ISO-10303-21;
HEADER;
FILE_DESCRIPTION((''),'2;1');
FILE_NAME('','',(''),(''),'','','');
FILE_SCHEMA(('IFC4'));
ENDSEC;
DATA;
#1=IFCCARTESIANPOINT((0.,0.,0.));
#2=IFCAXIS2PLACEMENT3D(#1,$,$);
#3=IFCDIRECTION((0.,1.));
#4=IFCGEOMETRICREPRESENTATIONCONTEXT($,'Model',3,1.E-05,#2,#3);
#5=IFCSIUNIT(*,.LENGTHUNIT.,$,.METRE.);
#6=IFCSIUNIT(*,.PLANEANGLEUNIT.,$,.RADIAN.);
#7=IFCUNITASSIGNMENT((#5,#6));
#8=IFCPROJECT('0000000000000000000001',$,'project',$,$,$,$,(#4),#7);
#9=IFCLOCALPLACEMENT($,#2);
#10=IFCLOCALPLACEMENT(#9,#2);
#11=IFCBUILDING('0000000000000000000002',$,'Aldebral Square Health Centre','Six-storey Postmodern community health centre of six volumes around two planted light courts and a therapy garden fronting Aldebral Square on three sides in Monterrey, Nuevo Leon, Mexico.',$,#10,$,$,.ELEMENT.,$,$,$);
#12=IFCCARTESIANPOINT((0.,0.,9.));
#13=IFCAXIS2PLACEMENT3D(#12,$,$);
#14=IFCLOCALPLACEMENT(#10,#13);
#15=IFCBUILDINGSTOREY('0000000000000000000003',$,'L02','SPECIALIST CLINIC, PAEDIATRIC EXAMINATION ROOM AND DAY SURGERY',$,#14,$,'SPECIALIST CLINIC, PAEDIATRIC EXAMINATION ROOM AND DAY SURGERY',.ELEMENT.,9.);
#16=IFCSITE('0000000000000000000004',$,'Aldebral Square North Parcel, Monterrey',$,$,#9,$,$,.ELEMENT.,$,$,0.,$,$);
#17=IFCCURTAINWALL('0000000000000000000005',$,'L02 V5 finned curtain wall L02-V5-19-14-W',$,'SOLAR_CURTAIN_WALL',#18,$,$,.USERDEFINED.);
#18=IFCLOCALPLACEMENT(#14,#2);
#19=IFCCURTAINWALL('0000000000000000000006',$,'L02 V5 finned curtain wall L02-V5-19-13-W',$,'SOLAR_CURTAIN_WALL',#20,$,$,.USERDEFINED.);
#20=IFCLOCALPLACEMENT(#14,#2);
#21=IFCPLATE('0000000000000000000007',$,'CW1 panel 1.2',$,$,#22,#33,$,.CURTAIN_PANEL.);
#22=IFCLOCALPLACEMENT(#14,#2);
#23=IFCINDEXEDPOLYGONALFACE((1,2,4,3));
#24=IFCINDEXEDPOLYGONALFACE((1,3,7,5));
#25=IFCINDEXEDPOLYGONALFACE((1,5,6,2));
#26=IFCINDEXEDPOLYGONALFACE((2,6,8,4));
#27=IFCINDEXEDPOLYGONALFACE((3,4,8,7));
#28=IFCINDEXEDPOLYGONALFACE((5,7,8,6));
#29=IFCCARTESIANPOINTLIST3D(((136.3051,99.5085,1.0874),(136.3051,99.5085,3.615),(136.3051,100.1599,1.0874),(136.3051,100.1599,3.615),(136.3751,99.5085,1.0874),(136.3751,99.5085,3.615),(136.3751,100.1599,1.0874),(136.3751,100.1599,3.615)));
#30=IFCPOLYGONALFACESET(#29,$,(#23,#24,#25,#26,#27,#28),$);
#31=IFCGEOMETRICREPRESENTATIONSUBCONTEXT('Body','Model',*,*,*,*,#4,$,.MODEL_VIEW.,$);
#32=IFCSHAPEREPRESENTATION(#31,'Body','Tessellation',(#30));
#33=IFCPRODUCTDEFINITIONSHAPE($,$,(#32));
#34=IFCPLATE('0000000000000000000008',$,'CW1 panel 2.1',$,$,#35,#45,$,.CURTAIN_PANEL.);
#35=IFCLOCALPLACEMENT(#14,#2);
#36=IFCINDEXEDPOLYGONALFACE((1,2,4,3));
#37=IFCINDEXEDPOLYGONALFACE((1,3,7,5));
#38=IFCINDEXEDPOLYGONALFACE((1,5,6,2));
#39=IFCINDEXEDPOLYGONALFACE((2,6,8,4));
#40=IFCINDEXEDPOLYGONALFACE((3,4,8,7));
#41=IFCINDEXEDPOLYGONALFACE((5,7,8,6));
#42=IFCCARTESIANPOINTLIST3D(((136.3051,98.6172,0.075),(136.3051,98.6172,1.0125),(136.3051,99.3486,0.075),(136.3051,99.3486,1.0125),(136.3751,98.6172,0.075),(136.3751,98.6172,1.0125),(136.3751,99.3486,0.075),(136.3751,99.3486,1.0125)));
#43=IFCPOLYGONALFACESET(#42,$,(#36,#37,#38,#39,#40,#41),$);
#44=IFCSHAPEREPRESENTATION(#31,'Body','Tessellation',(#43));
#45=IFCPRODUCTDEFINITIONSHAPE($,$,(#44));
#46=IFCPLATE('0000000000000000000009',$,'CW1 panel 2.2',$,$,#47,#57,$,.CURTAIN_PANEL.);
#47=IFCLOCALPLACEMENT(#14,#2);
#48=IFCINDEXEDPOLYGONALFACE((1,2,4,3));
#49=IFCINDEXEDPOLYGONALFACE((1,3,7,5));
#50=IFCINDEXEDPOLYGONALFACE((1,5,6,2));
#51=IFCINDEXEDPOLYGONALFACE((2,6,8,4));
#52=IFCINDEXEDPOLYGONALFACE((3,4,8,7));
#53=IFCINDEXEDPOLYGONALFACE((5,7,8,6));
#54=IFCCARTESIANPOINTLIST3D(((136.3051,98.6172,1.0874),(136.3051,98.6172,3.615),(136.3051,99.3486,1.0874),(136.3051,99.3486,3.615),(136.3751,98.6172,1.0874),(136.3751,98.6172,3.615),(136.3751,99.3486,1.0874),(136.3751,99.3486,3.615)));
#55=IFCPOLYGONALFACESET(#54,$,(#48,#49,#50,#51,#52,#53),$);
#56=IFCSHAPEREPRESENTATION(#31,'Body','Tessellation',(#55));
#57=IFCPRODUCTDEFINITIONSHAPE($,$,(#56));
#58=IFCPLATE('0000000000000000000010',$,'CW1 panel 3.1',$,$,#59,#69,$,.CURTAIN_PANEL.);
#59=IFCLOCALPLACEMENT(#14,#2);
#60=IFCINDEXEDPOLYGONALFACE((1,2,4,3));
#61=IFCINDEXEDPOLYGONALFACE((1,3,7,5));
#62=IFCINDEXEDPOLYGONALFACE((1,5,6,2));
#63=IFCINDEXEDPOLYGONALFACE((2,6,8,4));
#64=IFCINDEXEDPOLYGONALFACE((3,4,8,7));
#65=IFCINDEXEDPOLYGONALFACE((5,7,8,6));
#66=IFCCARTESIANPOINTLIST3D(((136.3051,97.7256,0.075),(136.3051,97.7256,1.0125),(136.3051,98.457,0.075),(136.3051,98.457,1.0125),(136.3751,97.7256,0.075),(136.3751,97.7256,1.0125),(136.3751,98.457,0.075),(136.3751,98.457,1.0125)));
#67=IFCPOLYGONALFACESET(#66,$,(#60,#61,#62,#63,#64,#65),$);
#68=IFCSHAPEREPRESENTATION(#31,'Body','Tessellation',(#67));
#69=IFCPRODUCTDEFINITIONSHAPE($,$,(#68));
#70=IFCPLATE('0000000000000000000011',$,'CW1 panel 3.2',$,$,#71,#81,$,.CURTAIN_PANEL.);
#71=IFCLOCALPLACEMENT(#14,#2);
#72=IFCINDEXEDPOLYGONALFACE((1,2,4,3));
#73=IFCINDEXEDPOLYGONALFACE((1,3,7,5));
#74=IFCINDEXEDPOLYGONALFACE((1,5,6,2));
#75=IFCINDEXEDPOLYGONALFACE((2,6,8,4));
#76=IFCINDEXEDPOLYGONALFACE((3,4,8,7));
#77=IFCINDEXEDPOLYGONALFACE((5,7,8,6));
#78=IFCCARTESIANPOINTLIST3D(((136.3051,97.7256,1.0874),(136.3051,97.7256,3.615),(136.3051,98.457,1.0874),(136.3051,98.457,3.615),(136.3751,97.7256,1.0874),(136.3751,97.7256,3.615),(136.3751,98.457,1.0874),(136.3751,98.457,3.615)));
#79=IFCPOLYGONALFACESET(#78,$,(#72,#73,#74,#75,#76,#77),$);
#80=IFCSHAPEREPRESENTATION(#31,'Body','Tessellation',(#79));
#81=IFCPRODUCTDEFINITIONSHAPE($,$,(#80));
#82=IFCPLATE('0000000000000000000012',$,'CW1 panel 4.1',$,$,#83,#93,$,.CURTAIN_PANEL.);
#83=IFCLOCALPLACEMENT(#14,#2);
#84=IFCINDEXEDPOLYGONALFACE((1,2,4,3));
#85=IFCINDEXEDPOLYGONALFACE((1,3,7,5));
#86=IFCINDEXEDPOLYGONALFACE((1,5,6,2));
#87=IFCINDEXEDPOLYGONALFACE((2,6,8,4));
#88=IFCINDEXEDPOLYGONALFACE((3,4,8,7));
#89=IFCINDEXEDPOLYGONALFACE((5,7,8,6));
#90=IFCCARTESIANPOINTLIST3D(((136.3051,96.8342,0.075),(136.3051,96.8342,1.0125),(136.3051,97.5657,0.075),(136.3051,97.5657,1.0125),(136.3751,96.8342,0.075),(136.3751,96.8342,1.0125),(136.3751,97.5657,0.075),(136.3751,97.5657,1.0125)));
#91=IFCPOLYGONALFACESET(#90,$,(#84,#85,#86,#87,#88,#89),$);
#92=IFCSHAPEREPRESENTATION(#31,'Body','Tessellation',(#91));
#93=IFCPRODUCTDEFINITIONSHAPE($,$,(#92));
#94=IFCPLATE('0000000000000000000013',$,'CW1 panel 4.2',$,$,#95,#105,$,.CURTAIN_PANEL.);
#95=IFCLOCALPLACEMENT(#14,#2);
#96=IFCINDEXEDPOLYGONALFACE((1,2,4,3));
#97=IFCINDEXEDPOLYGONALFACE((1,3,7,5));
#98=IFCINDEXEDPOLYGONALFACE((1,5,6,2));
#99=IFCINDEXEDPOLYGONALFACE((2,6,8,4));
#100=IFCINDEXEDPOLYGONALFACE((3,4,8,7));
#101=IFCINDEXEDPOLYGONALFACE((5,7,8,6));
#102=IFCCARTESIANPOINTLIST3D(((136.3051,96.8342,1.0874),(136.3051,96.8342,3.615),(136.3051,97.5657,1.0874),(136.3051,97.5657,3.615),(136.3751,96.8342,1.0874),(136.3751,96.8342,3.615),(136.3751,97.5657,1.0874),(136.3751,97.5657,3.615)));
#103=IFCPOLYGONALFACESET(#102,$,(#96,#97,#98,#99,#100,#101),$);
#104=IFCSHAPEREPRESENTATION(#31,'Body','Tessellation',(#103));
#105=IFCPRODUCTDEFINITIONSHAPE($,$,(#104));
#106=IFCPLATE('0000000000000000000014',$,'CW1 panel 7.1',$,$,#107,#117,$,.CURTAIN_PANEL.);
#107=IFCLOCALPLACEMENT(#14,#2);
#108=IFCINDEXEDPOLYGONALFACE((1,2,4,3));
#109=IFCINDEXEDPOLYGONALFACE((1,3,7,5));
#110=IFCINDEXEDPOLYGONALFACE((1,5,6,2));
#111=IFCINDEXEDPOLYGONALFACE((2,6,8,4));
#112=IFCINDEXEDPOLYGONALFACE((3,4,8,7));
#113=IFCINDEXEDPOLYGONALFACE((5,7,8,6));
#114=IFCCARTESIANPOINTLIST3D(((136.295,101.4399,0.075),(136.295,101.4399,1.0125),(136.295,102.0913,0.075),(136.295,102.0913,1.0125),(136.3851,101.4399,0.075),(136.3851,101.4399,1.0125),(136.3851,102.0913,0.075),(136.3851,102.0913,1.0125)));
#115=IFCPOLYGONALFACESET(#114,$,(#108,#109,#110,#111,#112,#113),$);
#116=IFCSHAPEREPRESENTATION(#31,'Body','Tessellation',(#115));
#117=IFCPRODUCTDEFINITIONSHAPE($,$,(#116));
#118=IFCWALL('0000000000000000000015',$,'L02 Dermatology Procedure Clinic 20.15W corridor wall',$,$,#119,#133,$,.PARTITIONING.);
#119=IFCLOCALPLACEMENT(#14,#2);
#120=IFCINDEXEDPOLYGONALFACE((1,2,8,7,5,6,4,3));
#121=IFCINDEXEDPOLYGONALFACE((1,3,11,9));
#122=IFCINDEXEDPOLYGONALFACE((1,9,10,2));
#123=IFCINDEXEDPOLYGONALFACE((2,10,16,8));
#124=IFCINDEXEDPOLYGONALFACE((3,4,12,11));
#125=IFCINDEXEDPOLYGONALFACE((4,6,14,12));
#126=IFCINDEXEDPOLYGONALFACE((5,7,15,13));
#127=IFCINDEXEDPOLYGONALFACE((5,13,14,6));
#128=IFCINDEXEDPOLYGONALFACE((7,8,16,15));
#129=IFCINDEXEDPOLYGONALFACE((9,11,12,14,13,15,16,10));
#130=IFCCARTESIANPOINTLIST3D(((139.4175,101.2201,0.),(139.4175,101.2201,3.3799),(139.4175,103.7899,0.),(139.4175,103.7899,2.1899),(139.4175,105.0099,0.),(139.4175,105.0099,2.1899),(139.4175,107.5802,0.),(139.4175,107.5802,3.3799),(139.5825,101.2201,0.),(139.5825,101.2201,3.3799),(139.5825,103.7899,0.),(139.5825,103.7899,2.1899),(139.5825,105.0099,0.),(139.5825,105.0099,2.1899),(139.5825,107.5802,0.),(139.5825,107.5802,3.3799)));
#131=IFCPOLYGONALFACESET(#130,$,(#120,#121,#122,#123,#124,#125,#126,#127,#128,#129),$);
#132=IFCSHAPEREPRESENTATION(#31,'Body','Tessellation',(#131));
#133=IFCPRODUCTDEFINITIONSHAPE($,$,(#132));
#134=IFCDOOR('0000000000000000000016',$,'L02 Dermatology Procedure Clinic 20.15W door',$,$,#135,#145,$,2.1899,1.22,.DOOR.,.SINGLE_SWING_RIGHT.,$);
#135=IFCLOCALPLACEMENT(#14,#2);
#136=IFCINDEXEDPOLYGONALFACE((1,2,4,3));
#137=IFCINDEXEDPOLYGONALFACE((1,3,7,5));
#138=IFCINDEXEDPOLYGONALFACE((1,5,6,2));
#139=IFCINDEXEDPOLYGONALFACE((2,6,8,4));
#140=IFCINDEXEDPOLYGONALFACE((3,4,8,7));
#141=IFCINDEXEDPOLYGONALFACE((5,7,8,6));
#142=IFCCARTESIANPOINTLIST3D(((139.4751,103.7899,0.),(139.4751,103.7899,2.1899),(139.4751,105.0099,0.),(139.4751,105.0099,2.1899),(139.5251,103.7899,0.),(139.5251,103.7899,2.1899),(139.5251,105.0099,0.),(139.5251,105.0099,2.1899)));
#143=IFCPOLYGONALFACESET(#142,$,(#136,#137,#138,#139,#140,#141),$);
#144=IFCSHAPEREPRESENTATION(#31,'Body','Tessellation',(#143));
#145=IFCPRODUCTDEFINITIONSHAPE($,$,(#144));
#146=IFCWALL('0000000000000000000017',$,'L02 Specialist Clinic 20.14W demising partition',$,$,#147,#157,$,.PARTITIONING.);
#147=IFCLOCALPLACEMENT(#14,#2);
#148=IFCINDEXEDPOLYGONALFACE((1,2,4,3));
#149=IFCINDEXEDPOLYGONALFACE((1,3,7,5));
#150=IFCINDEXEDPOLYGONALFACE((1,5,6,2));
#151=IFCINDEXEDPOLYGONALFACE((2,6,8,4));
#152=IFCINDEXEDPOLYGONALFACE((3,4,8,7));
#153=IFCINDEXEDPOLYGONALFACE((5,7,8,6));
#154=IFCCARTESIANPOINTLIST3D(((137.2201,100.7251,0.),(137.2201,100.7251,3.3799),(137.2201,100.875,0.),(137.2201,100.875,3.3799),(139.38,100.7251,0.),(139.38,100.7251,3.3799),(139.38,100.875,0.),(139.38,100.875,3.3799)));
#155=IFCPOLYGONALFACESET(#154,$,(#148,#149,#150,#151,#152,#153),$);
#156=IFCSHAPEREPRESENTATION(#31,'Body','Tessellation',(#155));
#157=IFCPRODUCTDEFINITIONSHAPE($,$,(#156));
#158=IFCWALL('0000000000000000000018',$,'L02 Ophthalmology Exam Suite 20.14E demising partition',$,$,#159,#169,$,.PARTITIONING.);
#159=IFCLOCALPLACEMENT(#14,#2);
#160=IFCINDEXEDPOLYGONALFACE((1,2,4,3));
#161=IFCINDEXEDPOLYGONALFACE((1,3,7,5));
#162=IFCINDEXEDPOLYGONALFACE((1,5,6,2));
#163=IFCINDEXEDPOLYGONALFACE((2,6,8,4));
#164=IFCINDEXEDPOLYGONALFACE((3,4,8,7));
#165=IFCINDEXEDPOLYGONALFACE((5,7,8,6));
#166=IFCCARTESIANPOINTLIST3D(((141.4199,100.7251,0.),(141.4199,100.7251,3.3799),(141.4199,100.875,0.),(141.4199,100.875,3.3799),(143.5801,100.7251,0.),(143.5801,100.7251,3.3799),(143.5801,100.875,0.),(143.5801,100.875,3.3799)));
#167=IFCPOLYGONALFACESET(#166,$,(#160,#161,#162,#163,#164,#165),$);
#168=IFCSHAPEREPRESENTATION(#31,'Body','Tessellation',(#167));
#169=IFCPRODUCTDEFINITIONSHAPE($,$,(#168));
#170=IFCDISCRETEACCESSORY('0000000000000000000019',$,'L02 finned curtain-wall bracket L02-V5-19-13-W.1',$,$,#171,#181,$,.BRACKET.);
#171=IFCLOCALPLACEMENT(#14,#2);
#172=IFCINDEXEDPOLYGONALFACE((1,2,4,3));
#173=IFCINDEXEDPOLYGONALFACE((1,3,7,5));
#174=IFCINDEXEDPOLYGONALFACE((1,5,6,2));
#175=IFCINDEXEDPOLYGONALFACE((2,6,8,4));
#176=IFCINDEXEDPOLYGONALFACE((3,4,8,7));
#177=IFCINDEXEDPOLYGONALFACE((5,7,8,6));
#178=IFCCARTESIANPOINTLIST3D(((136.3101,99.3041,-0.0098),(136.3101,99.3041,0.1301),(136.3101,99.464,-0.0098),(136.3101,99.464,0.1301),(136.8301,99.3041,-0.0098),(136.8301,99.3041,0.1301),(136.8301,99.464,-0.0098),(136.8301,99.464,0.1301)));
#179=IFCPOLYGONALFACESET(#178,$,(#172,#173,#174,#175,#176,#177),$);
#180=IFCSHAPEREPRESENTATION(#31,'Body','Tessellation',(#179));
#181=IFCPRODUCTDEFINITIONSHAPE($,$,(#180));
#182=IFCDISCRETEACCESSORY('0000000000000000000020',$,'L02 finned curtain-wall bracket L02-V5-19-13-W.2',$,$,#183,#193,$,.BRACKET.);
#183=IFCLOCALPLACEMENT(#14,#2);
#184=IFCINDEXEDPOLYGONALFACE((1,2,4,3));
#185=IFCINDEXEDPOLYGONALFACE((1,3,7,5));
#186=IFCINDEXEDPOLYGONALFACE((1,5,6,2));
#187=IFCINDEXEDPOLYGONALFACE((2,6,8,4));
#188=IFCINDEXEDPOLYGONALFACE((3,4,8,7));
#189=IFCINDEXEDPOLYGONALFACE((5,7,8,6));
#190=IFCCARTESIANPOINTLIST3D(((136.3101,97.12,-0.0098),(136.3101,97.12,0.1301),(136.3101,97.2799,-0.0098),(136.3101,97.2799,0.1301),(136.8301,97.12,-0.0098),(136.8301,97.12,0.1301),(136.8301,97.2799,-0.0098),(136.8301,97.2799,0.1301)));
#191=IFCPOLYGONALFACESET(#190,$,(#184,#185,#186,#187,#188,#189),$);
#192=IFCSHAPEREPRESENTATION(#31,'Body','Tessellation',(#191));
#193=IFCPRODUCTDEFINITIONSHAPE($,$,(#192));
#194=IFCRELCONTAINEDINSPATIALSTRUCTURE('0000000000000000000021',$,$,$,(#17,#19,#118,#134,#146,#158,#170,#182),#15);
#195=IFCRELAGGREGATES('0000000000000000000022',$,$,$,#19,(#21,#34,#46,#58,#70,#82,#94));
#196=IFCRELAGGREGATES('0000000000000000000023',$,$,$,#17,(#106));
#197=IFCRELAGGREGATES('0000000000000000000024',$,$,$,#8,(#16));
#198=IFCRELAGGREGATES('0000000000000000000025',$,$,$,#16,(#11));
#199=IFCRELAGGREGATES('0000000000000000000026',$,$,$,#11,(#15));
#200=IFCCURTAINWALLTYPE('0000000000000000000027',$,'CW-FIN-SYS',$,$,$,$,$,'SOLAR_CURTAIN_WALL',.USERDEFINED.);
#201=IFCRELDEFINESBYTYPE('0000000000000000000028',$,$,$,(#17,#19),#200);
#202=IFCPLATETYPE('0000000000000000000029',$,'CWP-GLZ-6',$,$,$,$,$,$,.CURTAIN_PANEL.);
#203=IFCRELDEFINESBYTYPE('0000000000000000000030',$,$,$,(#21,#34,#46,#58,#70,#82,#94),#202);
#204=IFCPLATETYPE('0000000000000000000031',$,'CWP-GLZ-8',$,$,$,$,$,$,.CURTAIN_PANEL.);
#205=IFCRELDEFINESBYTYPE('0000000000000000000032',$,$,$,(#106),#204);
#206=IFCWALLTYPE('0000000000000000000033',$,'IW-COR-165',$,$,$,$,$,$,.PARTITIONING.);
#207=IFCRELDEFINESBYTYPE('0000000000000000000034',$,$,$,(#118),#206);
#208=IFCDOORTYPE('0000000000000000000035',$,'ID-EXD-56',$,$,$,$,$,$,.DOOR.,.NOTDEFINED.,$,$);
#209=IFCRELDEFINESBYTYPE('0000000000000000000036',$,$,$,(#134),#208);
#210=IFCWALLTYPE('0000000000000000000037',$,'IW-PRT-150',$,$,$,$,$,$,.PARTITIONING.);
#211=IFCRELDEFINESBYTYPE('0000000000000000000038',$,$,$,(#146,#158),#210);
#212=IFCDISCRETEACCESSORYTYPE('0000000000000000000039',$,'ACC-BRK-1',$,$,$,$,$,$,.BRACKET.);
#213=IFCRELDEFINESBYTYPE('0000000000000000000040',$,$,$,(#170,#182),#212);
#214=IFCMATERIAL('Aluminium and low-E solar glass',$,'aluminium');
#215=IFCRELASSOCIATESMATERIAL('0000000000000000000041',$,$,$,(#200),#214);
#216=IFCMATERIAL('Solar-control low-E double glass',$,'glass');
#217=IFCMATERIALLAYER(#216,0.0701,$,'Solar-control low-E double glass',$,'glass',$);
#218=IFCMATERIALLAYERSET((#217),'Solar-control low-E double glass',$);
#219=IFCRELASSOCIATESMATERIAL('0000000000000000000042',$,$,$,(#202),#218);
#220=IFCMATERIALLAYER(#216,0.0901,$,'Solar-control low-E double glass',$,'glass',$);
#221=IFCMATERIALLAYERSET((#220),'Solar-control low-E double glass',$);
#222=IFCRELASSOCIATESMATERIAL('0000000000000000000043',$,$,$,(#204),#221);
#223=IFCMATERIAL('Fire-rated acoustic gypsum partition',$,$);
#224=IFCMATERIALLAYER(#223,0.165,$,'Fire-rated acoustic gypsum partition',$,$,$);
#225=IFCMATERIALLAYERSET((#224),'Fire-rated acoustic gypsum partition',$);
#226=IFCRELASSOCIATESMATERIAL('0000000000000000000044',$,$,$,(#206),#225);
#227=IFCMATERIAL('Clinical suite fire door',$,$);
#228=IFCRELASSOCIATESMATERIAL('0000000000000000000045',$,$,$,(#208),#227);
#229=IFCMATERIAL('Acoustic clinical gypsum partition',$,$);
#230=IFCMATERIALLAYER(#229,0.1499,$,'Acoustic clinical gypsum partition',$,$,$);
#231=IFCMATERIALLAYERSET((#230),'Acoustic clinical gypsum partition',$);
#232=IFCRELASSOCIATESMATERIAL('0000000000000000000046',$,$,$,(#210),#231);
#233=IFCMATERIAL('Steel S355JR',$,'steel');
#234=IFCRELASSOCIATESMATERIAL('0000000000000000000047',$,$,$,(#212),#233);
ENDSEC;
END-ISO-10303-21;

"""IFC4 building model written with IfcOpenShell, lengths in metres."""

from ifc_helpers import new_model, si_unit, direction, frame, frame_2d, origin, origin_2d, place, context, subcontext, project, spatial, rectangle, extrude, material, layer, layer_set, type_object, element, fill, aggregate, save


model = new_model("IFC4")

# Units and contexts
model_context = context("Model", 3, precision=1e-05, world=origin(), true_north=direction((0.0, 1.0)))
body_context = subcontext(model_context, "Body", "Model", "MODEL_VIEW")
ifc_project = project(units=[si_unit("LENGTHUNIT", "METRE"), si_unit("PLANEANGLEUNIT", "RADIAN")], contexts=[model_context])

# Site, building, storey
site_placement = place(None, origin())
site = spatial("IfcSite", under=ifc_project, at=site_placement, Name="Aldebral Square North Parcel, Monterrey", CompositionType="ELEMENT", RefElevation=0.0)
building_placement = place(site_placement, origin())
building = spatial("IfcBuilding", under=site, at=building_placement, Name="Aldebral Square Health Centre", Description="Six-storey Postmodern community health centre of six volumes around two planted light courts and a therapy garden fronting Aldebral Square on three sides in Monterrey, Nuevo Leon, Mexico.", CompositionType="ELEMENT")
storey_placement = place(building_placement, frame((0.0, 0.0, 9.0)))
storey = spatial("IfcBuildingStorey", under=building, at=storey_placement, Name="L02", Description="SPECIALIST CLINIC, PAEDIATRIC EXAMINATION ROOM AND DAY SURGERY", LongName="SPECIALIST CLINIC, PAEDIATRIC EXAMINATION ROOM AND DAY SURGERY", CompositionType="ELEMENT", Elevation=9.0)

# Curtain wall
ifc_material_1 = material(Name="Aluminium and low-E solar glass", Category="aluminium")
curtain_wall_type = type_object("IfcCurtainWallType", Name="CW-FIN-SYS", ElementType="SOLAR_CURTAIN_WALL", PredefinedType="USERDEFINED", material=ifc_material_1)
curtain_wall_1_placement = place(storey_placement, origin())
curtain_wall_1 = element("IfcCurtainWall", 1, at=curtain_wall_1_placement, inside=storey, type_object=curtain_wall_type, Name="L02 V5 finned curtain wall L02-V5-19-14-W", ObjectType="SOLAR_CURTAIN_WALL", PredefinedType="USERDEFINED")

# Curtain wall, plates
curtain_wall_2_placement = place(storey_placement, origin())
curtain_wall_2 = element("IfcCurtainWall", 2, at=curtain_wall_2_placement, inside=storey, type_object=curtain_wall_type, Name="L02 V5 finned curtain wall L02-V5-19-13-W", ObjectType="SOLAR_CURTAIN_WALL", PredefinedType="USERDEFINED")
ifc_material_2 = material(Name="Solar-control low-E double glass", Category="glass")
ifc_layer_1 = layer(ifc_material_2, 0.0701, Name="Solar-control low-E double glass", Category="glass")
ifc_layer_set_1 = layer_set([ifc_layer_1], Name="Solar-control low-E double glass")
plate_type_1 = type_object("IfcPlateType", Name="CWP-GLZ-6", PredefinedType="CURTAIN_PANEL", material=ifc_layer_set_1)
plate_1_placement = place(storey_placement, frame((136.3401, 99.8342, 1.0874), z_axis=(0.0, 0.0, 1.0), x_axis=(0.0, -1.0, 0.0)))
plate_1 = element("IfcPlate", 3, at=plate_1_placement, type_object=plate_type_1, Name="CW1 panel 1.2", PredefinedType="CURTAIN_PANEL", context=body_context, shape_type="SweptSolid", body=[
    extrude(rectangle(XDim=0.6514, YDim=0.0701, at=origin_2d()), origin(), (0.0, 0.0, 1.0), 2.5276),
])
plate_2_placement = place(storey_placement, frame((136.3401, 98.9829, 0.075), z_axis=(0.0, 0.0, 1.0), x_axis=(0.0, -1.0, 0.0)))
plate_2 = element("IfcPlate", 4, at=plate_2_placement, type_object=plate_type_1, Name="CW1 panel 2.1", PredefinedType="CURTAIN_PANEL", context=body_context, shape_type="SweptSolid", body=[
    extrude(rectangle(XDim=0.7314, YDim=0.0701, at=origin_2d()), origin(), (0.0, 0.0, 1.0), 0.9375),
])
plate_3_placement = place(storey_placement, frame((136.3401, 98.9829, 1.0874), z_axis=(0.0, 0.0, 1.0), x_axis=(0.0, -1.0, 0.0)))
plate_3 = element("IfcPlate", 5, at=plate_3_placement, type_object=plate_type_1, Name="CW1 panel 2.2", PredefinedType="CURTAIN_PANEL", context=body_context, shape_type="SweptSolid", body=[
    extrude(rectangle(XDim=0.7314, YDim=0.0701, at=origin_2d()), origin(), (0.0, 0.0, 1.0), 2.5276),
])
plate_4_placement = place(storey_placement, frame((136.3401, 98.0913, 0.075), z_axis=(0.0, 0.0, 1.0), x_axis=(0.0, -1.0, 0.0)))
plate_4 = element("IfcPlate", 6, at=plate_4_placement, type_object=plate_type_1, Name="CW1 panel 3.1", PredefinedType="CURTAIN_PANEL", context=body_context, shape_type="SweptSolid", body=[
    extrude(rectangle(XDim=0.7314, YDim=0.0701, at=origin_2d()), origin(), (0.0, 0.0, 1.0), 0.9375),
])
plate_5_placement = place(storey_placement, frame((136.3401, 98.0913, 1.0874), z_axis=(0.0, 0.0, 1.0), x_axis=(0.0, -1.0, 0.0)))
plate_5 = element("IfcPlate", 7, at=plate_5_placement, type_object=plate_type_1, Name="CW1 panel 3.2", PredefinedType="CURTAIN_PANEL", context=body_context, shape_type="SweptSolid", body=[
    extrude(rectangle(XDim=0.7314, YDim=0.0701, at=origin_2d()), origin(), (0.0, 0.0, 1.0), 2.5276),
])
plate_6_placement = place(storey_placement, frame((136.3401, 97.2, 0.075), z_axis=(0.0, 0.0, 1.0), x_axis=(0.0, -1.0, 0.0)))
plate_6 = element("IfcPlate", 8, at=plate_6_placement, type_object=plate_type_1, Name="CW1 panel 4.1", PredefinedType="CURTAIN_PANEL", context=body_context, shape_type="SweptSolid", body=[
    extrude(rectangle(XDim=0.7314, YDim=0.0701, at=origin_2d()), origin(), (0.0, 0.0, 1.0), 0.9375),
])
plate_7_placement = place(storey_placement, frame((136.3401, 97.2, 1.0874), z_axis=(0.0, 0.0, 1.0), x_axis=(0.0, -1.0, 0.0)))
plate_7 = element("IfcPlate", 9, at=plate_7_placement, type_object=plate_type_1, Name="CW1 panel 4.2", PredefinedType="CURTAIN_PANEL", context=body_context, shape_type="SweptSolid", body=[
    extrude(rectangle(XDim=0.7314, YDim=0.0701, at=origin_2d()), origin(), (0.0, 0.0, 1.0), 2.5276),
])
aggregate(curtain_wall_2, [plate_1, plate_2, plate_3, plate_4, plate_5, plate_6, plate_7])

# Plate
ifc_layer_2 = layer(ifc_material_2, 0.0901, Name="Solar-control low-E double glass", Category="glass")
ifc_layer_set_2 = layer_set([ifc_layer_2], Name="Solar-control low-E double glass")
plate_type_2 = type_object("IfcPlateType", Name="CWP-GLZ-8", PredefinedType="CURTAIN_PANEL", material=ifc_layer_set_2)
plate_8_placement = place(storey_placement, frame((136.3401, 101.7656, 0.075), z_axis=(0.0, 0.0, 1.0), x_axis=(0.0, -1.0, 0.0)))
plate_8 = element("IfcPlate", 10, at=plate_8_placement, type_object=plate_type_2, Name="CW1 panel 7.1", PredefinedType="CURTAIN_PANEL", context=body_context, shape_type="SweptSolid", body=[
    extrude(rectangle(XDim=0.6514, YDim=0.0901, at=origin_2d()), origin(), (0.0, 0.0, 1.0), 0.9375),
])
aggregate(curtain_wall_1, [plate_8])

# Wall, opening, door
ifc_material_3 = material(Name="Fire-rated acoustic gypsum partition")
ifc_layer_3 = layer(ifc_material_3, 0.165, Name="Fire-rated acoustic gypsum partition")
ifc_layer_set_3 = layer_set([ifc_layer_3], Name="Fire-rated acoustic gypsum partition")
wall_type_1 = type_object("IfcWallType", Name="IW-COR-165", PredefinedType="PARTITIONING", material=ifc_layer_set_3)
wall_1_placement = place(storey_placement, frame((139.5, 101.22, 0.0), z_axis=(0.0, 0.0, 1.0), x_axis=(0.0, 1.0, 0.0)))
wall_1 = element("IfcWall", 11, at=wall_1_placement, inside=storey, type_object=wall_type_1, Name="L02 Dermatology Procedure Clinic 20.15W corridor wall", PredefinedType="PARTITIONING", context=body_context, shape_type="SweptSolid", body=[
    extrude(rectangle(XDim=6.3601, YDim=0.165, at=frame_2d((3.1802, 0.0))), origin(), (0.0, 0.0, 1.0), 3.3799),
])
opening_placement = place(wall_1_placement, frame((2.5701, 0.0, 0.0)))
opening = element("IfcOpeningElement", 12, at=opening_placement, cuts=wall_1, PredefinedType="OPENING", context=body_context, shape_type="SweptSolid", body=[
    extrude(rectangle(XDim=1.22, YDim=2.1899, at=frame_2d((0.6099, 1.095))), frame((0.0, 0.0925, 0.0), z_axis=(0.0, -1.0, 0.0), x_axis=(1.0, 0.0, 0.0)), (0.0, 0.0, 1.0), 0.1851),
])
ifc_material_4 = material(Name="Clinical suite fire door")
door_type = type_object("IfcDoorType", Name="ID-EXD-56", OperationType="NOTDEFINED", PredefinedType="DOOR", material=ifc_material_4)
door_placement = place(opening_placement, origin())
door = element("IfcDoor", 13, at=door_placement, inside=storey, type_object=door_type, Name="L02 Dermatology Procedure Clinic 20.15W door", OperationType="SINGLE_SWING_RIGHT", OverallHeight=2.1899, OverallWidth=1.22, PredefinedType="DOOR", context=body_context, shape_type="SweptSolid", body=[
    extrude(rectangle(XDim=1.22, YDim=2.1899, at=frame_2d((0.6099, 1.095))), frame((0.0, 0.0249, 0.0), z_axis=(0.0, -1.0, 0.0), x_axis=(1.0, 0.0, 0.0)), (0.0, 0.0, 1.0), 0.05),
])
fill(opening, door)

# Walls
ifc_material_5 = material(Name="Acoustic clinical gypsum partition")
ifc_layer_4 = layer(ifc_material_5, 0.1499, Name="Acoustic clinical gypsum partition")
ifc_layer_set_4 = layer_set([ifc_layer_4], Name="Acoustic clinical gypsum partition")
wall_type_2 = type_object("IfcWallType", Name="IW-PRT-150", PredefinedType="PARTITIONING", material=ifc_layer_set_4)
wall_2_placement = place(storey_placement, frame((137.22, 100.8, 0.0), z_axis=(0.0, 0.0, 1.0), x_axis=(1.0, 0.0, 0.0)))
element("IfcWall", 14, at=wall_2_placement, inside=storey, type_object=wall_type_2, Name="L02 Specialist Clinic 20.14W demising partition", PredefinedType="PARTITIONING", context=body_context, shape_type="SweptSolid", body=[
    extrude(rectangle(XDim=2.1599, YDim=0.1499, at=frame_2d((1.0801, 0.0))), origin(), (0.0, 0.0, 1.0), 3.3799),
])
wall_3_placement = place(storey_placement, frame((141.4199, 100.8, 0.0), z_axis=(0.0, 0.0, 1.0), x_axis=(1.0, 0.0, 0.0)))
element("IfcWall", 15, at=wall_3_placement, inside=storey, type_object=wall_type_2, Name="L02 Ophthalmology Exam Suite 20.14E demising partition", PredefinedType="PARTITIONING", context=body_context, shape_type="SweptSolid", body=[
    extrude(rectangle(XDim=2.1602, YDim=0.1499, at=frame_2d((1.0801, 0.0))), origin(), (0.0, 0.0, 1.0), 3.3799),
])

# Discrete accessories
ifc_material_6 = material(Name="Steel S355JR", Category="steel")
discrete_accessory_type = type_object("IfcDiscreteAccessoryType", Name="ACC-BRK-1", PredefinedType="BRACKET", material=ifc_material_6)
for number, where, z_axis, x_axis, name in (
    (16, (136.5701, 99.384, -0.0098), (0.0, 0.0, 1.0), (0.0, 1.0, 0.0), "L02 finned curtain-wall bracket L02-V5-19-13-W.1"),
    (17, (136.5701, 97.2, -0.0098), (0.0, 0.0, 1.0), (0.0, 1.0, 0.0), "L02 finned curtain-wall bracket L02-V5-19-13-W.2"),
):
    element("IfcDiscreteAccessory", number, at=place(storey_placement, frame(where, z_axis=z_axis, x_axis=x_axis)), inside=storey, type_object=discrete_accessory_type, Name=name, PredefinedType="BRACKET", context=body_context, shape_type="SweptSolid", body=[
        extrude(rectangle(XDim=0.1599, YDim=0.52, at=origin_2d()), origin(), (0.0, 0.0, 1.0), 0.1399),
    ])

save(model, "model.ifc")
